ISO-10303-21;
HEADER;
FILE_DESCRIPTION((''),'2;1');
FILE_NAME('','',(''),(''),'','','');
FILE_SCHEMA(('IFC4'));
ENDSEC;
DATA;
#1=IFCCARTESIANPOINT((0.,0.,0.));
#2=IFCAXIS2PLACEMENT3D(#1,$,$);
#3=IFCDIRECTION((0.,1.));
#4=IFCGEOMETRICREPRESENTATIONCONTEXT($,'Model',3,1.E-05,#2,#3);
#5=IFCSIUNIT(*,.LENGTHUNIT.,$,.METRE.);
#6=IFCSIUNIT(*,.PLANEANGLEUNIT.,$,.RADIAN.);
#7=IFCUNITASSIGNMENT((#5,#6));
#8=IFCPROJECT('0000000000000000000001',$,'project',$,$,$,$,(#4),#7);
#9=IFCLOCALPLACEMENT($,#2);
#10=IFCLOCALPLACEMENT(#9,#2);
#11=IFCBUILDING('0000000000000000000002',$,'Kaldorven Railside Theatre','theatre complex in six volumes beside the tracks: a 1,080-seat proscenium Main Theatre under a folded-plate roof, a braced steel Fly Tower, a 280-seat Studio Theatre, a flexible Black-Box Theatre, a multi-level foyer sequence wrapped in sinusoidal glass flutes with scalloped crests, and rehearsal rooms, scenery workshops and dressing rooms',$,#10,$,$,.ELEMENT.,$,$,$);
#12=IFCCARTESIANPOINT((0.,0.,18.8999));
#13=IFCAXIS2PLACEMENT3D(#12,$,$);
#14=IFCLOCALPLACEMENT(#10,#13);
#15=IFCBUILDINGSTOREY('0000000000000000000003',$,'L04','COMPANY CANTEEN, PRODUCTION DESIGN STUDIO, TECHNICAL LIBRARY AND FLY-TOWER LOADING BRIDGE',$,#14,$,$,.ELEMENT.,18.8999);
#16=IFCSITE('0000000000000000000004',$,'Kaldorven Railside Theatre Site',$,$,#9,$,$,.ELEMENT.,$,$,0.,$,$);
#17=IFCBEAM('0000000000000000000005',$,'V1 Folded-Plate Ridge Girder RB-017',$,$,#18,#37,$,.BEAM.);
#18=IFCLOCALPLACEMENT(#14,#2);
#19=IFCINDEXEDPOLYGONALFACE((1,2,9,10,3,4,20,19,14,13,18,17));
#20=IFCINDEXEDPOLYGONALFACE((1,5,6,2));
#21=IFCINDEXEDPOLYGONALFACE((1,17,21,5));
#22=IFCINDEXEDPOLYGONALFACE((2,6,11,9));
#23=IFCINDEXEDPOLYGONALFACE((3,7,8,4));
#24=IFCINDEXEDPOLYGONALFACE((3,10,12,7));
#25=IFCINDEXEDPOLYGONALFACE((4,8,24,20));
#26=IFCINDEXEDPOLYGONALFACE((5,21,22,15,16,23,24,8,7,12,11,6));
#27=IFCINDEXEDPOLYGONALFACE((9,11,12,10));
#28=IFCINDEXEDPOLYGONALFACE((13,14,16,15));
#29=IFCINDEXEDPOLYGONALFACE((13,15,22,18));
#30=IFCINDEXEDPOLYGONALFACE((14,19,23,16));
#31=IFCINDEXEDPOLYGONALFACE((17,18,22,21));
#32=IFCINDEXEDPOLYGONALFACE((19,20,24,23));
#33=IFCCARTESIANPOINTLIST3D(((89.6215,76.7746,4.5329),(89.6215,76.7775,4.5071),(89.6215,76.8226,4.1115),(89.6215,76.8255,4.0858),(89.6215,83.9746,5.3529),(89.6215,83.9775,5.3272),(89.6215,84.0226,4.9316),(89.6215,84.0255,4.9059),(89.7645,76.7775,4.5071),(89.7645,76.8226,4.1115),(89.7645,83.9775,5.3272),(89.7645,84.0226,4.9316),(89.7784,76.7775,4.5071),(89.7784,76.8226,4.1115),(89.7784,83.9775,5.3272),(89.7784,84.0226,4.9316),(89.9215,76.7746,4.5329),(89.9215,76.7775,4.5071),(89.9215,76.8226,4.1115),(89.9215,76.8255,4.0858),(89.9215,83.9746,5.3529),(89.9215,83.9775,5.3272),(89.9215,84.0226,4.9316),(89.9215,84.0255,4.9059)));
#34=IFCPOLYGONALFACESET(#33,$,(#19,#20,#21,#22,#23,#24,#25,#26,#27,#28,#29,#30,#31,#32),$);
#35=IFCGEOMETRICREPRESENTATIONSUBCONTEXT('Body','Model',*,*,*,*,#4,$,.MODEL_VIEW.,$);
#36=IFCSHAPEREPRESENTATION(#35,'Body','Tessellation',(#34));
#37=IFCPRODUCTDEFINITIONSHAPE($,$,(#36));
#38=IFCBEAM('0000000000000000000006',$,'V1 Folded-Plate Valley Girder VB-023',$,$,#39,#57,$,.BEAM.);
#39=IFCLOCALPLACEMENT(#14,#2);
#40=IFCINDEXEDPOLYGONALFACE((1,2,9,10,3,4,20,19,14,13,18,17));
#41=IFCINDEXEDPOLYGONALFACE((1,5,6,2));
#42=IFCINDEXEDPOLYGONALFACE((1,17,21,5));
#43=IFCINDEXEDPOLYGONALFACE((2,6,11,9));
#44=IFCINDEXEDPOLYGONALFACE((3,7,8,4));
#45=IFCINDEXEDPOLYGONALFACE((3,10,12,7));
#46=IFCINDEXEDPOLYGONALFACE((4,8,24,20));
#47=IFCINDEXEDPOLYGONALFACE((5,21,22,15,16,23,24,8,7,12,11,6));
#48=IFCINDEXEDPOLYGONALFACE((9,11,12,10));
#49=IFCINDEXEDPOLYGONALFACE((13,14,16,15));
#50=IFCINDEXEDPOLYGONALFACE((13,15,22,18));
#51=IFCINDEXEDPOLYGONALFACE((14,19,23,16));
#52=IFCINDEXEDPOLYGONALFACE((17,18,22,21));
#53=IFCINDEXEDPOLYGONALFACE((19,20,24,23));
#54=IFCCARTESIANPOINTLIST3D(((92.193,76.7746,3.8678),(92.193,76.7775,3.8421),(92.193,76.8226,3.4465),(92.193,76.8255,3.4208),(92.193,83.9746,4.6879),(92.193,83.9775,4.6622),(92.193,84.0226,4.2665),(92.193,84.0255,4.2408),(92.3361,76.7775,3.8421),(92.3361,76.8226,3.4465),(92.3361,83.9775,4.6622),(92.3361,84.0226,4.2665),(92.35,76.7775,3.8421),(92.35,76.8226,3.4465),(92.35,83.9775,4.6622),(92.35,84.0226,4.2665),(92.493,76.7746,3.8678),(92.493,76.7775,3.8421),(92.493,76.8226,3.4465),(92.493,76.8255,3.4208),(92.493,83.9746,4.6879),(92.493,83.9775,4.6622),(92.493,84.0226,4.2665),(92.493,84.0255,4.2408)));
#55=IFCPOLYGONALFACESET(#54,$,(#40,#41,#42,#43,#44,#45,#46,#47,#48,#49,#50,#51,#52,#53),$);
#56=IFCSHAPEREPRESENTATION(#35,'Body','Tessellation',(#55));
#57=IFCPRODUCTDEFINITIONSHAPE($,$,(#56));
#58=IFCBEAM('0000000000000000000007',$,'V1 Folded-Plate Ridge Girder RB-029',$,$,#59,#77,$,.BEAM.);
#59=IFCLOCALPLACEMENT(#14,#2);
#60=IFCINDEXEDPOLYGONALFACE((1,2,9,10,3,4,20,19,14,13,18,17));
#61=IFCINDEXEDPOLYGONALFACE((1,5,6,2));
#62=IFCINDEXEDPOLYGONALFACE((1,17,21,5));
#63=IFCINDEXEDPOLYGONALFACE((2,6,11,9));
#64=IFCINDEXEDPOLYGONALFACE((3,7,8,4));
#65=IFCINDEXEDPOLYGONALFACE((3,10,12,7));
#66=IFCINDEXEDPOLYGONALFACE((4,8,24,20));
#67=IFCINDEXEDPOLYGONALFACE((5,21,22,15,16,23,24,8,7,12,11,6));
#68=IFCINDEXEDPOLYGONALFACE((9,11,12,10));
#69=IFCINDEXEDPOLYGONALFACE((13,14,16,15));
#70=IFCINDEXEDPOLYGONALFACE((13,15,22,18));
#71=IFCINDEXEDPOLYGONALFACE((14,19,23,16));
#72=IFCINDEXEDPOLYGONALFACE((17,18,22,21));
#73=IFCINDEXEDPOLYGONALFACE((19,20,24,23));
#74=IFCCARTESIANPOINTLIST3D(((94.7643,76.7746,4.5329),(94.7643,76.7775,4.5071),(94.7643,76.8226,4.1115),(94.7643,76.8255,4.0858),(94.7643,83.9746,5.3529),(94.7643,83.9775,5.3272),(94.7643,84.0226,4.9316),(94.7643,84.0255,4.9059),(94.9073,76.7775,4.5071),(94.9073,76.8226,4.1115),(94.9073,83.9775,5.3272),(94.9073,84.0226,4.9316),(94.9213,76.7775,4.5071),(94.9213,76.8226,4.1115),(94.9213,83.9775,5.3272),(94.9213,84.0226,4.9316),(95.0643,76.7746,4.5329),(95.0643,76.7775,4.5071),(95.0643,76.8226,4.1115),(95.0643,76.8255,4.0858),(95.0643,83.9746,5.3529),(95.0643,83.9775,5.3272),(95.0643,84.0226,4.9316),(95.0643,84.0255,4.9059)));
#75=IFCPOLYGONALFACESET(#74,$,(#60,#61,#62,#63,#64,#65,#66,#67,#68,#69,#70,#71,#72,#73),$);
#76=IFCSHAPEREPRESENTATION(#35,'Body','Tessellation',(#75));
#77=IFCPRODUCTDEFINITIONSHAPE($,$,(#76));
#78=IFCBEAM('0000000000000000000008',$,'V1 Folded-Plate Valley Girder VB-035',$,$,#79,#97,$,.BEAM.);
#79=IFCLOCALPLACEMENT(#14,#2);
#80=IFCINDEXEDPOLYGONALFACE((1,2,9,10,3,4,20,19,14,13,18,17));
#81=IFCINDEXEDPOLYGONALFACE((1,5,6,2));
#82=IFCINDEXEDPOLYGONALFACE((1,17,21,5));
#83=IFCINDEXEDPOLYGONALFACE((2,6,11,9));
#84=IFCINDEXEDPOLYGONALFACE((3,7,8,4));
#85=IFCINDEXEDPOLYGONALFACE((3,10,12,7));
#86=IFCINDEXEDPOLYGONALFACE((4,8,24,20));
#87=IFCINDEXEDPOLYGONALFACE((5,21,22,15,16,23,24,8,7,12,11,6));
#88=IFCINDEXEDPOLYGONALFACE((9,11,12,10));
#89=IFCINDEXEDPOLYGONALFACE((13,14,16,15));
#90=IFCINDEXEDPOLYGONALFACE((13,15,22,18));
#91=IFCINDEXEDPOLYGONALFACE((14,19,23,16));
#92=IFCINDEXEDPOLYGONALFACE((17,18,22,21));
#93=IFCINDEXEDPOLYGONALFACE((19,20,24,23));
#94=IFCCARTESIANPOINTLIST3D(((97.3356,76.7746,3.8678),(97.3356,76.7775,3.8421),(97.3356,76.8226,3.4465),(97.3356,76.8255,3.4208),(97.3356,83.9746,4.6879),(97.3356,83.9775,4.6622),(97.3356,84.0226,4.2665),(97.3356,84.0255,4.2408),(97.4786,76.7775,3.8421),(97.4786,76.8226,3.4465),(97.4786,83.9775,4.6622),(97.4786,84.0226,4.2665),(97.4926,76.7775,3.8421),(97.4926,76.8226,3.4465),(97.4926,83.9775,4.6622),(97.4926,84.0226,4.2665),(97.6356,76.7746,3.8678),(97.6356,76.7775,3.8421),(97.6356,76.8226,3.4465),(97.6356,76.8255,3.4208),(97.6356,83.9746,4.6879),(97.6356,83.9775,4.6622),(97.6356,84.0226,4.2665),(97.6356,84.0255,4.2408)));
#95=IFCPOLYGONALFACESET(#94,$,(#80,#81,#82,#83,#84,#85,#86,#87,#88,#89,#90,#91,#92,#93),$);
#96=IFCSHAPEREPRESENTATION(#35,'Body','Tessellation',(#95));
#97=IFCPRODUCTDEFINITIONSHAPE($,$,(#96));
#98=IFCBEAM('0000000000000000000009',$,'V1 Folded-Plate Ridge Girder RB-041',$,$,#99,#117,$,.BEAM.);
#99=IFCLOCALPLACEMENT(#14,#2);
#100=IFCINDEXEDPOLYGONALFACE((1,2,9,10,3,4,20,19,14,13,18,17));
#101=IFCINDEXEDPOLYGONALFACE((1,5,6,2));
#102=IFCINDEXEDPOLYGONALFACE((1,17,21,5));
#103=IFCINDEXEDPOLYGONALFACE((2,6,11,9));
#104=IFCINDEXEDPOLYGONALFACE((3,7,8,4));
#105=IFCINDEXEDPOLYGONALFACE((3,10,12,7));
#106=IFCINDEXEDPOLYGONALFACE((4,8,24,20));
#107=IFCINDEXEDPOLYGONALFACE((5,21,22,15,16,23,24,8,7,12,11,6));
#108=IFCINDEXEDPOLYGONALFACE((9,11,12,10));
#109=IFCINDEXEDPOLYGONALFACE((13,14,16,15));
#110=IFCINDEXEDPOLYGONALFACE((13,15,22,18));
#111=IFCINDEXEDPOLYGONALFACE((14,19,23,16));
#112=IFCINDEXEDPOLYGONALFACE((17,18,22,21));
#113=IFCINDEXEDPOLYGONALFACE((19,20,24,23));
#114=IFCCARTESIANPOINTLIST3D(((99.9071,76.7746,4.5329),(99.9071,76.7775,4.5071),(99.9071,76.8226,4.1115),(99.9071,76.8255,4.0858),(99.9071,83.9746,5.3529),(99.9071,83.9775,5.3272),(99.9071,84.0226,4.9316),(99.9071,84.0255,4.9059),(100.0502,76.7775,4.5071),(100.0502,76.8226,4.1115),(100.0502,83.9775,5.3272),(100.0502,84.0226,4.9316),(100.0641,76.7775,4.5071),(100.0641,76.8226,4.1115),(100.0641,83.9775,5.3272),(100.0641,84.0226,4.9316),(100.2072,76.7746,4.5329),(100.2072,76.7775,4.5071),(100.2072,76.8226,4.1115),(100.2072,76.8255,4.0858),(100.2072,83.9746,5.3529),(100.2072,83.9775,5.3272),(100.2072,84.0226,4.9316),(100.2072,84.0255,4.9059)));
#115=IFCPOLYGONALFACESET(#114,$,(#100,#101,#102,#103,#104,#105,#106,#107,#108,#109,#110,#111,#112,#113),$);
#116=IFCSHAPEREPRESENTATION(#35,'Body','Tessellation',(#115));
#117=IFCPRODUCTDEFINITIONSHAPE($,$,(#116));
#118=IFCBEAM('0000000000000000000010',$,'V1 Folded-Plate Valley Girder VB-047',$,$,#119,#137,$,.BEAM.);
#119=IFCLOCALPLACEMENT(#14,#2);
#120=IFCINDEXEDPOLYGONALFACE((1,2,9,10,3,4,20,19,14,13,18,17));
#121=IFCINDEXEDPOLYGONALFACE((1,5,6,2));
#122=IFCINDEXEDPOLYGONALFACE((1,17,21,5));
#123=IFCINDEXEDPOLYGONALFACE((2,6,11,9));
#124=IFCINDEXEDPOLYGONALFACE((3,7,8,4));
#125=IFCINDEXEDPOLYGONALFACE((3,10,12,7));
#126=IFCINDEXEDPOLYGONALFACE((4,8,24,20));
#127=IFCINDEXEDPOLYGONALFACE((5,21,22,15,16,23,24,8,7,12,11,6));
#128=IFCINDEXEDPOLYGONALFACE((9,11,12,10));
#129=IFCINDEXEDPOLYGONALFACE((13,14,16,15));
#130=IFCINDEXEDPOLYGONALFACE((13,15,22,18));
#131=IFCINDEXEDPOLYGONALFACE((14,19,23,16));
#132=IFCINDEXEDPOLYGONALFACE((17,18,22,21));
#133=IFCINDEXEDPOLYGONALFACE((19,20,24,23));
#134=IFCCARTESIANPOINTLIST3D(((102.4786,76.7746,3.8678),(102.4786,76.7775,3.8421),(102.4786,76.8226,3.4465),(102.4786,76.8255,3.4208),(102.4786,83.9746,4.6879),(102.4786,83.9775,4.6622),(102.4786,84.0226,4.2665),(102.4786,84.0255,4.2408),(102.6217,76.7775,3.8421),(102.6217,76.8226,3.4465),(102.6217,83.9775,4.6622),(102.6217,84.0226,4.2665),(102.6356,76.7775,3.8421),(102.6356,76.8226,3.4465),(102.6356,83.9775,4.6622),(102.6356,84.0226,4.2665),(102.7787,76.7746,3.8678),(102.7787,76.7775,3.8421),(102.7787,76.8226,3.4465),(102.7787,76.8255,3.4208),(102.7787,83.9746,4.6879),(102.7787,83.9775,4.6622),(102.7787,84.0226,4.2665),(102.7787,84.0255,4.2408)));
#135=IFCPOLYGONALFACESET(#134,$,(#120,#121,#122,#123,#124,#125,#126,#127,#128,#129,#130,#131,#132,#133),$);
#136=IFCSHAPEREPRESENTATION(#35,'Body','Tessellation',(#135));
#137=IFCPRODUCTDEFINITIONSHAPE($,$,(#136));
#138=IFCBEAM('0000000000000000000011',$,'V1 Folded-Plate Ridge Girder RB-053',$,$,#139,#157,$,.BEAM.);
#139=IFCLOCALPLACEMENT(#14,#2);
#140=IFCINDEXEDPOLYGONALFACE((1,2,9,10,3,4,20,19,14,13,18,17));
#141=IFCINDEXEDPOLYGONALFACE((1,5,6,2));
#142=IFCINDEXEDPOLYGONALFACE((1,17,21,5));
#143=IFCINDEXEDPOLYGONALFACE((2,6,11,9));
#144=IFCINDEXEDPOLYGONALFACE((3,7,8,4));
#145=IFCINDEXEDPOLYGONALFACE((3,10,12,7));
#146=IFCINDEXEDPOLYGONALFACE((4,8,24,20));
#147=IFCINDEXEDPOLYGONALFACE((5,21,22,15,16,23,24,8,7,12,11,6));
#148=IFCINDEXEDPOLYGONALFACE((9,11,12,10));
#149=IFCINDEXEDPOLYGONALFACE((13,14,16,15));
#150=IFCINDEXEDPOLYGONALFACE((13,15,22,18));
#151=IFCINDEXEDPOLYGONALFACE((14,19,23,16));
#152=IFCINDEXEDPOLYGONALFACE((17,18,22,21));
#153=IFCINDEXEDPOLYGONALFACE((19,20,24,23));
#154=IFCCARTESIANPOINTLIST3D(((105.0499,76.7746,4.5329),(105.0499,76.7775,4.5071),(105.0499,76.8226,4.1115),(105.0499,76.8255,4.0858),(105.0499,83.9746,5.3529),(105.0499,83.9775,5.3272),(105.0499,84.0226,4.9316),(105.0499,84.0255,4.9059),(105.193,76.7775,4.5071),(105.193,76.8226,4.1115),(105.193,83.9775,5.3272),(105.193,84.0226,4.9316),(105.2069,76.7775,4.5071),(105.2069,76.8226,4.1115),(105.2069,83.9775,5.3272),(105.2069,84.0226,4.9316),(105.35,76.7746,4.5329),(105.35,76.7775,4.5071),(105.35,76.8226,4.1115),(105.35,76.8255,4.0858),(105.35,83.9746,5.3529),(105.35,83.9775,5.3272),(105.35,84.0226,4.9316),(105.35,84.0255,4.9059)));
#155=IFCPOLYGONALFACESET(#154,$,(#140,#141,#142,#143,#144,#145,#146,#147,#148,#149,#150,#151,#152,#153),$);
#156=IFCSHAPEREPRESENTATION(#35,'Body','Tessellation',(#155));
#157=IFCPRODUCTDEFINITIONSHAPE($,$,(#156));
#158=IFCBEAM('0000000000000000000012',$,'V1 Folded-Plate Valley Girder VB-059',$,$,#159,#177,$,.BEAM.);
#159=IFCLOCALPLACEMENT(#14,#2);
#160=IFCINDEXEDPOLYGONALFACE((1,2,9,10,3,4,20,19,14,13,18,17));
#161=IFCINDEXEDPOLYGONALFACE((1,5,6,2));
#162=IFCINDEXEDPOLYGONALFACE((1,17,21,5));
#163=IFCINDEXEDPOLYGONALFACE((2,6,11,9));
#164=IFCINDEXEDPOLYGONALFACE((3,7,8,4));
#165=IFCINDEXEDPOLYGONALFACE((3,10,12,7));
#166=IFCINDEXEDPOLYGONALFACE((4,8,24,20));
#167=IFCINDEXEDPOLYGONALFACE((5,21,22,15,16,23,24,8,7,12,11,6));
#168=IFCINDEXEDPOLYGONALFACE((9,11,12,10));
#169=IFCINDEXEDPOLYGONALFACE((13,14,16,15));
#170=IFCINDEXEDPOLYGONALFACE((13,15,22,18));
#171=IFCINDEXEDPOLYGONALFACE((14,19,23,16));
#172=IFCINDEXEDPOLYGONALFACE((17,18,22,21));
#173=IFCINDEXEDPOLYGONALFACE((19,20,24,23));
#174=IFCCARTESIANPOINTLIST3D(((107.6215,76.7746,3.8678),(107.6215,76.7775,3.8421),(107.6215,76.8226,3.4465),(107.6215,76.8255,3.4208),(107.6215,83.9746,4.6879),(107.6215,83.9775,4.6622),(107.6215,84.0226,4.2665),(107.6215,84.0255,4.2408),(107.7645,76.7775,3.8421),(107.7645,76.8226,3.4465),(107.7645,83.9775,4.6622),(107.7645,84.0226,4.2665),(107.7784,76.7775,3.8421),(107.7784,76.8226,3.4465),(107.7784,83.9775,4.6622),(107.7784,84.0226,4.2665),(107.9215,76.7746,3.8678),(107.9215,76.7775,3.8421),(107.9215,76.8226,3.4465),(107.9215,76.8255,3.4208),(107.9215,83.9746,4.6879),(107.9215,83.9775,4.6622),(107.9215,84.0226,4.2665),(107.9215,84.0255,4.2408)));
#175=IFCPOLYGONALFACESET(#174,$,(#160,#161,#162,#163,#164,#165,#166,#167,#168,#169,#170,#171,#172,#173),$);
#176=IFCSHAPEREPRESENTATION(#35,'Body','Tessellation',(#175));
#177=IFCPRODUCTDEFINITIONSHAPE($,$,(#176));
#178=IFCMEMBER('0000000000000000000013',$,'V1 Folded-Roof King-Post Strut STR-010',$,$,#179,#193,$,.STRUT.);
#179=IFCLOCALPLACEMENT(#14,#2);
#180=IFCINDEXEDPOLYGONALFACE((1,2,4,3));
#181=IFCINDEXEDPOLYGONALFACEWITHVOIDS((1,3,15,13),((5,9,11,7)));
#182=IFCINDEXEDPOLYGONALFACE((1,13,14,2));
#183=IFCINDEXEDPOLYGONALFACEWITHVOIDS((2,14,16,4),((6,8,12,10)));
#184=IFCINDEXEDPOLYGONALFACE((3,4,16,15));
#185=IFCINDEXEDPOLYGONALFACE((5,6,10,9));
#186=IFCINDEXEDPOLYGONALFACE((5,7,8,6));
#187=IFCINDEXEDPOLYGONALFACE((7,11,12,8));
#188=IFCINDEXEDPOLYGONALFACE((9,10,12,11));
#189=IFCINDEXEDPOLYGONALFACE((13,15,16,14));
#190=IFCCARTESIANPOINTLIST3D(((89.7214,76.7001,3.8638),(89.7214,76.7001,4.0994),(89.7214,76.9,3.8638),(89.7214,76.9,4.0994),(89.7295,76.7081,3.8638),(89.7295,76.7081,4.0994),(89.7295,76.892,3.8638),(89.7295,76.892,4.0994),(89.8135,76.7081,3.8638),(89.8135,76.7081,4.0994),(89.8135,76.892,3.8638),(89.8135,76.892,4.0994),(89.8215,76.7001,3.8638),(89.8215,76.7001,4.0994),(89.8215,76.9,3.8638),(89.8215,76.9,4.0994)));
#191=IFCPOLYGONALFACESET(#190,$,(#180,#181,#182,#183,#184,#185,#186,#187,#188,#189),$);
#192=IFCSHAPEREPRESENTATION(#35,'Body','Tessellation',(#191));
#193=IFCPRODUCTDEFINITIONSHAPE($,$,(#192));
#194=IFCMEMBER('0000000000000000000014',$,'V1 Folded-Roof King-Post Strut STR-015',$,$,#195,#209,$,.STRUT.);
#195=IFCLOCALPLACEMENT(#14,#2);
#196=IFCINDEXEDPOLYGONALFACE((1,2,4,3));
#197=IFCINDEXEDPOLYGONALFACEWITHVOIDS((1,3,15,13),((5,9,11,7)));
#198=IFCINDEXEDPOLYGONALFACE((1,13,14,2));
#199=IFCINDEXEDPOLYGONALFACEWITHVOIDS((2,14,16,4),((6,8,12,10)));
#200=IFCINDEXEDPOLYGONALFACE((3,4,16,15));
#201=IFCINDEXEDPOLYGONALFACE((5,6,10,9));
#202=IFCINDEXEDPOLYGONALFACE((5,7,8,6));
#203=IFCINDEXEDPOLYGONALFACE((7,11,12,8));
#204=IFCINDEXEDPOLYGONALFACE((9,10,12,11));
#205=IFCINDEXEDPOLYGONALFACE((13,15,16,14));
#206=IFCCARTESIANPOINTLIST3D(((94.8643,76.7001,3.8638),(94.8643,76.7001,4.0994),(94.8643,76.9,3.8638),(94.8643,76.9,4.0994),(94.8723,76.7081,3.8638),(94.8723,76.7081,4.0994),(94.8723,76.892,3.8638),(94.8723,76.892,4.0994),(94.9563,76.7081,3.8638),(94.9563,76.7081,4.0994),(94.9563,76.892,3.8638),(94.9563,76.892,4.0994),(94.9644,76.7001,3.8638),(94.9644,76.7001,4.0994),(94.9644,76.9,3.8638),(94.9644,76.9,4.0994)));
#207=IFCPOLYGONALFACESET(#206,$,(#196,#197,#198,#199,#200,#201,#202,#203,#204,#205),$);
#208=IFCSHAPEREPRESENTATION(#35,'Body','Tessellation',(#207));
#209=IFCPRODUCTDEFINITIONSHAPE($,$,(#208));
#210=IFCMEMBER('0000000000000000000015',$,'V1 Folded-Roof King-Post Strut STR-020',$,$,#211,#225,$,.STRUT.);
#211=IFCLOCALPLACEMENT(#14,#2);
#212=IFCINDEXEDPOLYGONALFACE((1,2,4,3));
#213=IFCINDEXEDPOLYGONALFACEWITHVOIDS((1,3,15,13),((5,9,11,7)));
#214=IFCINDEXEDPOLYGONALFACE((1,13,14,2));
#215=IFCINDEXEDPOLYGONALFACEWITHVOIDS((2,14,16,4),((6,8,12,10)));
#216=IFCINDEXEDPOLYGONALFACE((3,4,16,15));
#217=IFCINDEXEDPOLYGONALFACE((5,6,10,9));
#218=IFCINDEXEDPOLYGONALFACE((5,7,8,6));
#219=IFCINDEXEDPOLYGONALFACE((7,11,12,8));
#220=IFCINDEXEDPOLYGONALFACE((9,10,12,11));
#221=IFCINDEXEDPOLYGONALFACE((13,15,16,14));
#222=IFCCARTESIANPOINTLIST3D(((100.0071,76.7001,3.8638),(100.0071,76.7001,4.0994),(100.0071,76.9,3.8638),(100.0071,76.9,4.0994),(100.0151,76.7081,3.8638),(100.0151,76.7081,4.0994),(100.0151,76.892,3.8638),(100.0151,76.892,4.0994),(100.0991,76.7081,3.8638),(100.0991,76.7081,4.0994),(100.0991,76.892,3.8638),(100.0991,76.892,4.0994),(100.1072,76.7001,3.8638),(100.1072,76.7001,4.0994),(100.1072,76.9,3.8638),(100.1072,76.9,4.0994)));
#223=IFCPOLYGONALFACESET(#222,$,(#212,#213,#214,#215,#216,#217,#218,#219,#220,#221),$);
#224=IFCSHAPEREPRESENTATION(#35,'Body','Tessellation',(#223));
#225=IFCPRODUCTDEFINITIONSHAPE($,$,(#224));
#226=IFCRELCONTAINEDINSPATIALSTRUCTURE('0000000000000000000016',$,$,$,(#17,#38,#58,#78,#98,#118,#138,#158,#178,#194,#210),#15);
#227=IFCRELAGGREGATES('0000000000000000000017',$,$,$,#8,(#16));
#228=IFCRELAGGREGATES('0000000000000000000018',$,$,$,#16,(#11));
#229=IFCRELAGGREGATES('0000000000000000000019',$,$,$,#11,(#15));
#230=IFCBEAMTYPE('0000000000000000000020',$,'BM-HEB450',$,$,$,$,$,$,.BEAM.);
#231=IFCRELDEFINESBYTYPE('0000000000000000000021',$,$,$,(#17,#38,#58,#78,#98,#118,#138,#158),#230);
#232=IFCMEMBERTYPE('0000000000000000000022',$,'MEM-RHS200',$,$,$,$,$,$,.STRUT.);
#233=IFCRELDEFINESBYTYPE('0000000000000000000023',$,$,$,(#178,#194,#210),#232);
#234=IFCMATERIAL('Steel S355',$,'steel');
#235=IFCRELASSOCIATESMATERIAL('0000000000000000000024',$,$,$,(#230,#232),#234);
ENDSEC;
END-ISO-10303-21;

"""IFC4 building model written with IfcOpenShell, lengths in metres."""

from ifc_helpers import new_model, si_unit, direction, frame, origin, origin_2d, place, context, subcontext, project, spatial, hollow_rectangle, i_section, extrude, material, material_profile, profile_set, type_object, element, save


model = new_model("IFC4")

# Units and contexts
model_context = context("Model", 3, precision=1e-05, world=origin(), true_north=direction((0.0, 1.0)))
body_context = subcontext(model_context, "Body", "Model", "MODEL_VIEW")
ifc_project = project(units=[si_unit("LENGTHUNIT", "METRE"), si_unit("PLANEANGLEUNIT", "RADIAN")], contexts=[model_context])

# Site, building, storey
site_placement = place(None, origin())
site = spatial("IfcSite", under=ifc_project, at=site_placement, Name="Kaldorven Railside Theatre Site", CompositionType="ELEMENT", RefElevation=0.0)
building_placement = place(site_placement, origin())
building = spatial("IfcBuilding", under=site, at=building_placement, Name="Kaldorven Railside Theatre", Description="theatre complex in six volumes beside the tracks: a 1,080-seat proscenium Main Theatre under a folded-plate roof, a braced steel Fly Tower, a 280-seat Studio Theatre, a flexible Black-Box Theatre, a multi-level foyer sequence wrapped in sinusoidal glass flutes with scalloped crests, and rehearsal rooms, scenery workshops and dressing rooms", CompositionType="ELEMENT")
storey_placement = place(building_placement, frame((0.0, 0.0, 18.8999)))
storey = spatial("IfcBuildingStorey", under=building, at=storey_placement, Name="L04", Description="COMPANY CANTEEN, PRODUCTION DESIGN STUDIO, TECHNICAL LIBRARY AND FLY-TOWER LOADING BRIDGE", CompositionType="ELEMENT", Elevation=18.8999)

# Beams
ifc_material = material(Name="Steel S355", Category="steel")
ifc_material_profile_1 = material_profile(ifc_material, i_section(OverallWidth=0.3, OverallDepth=0.45, WebThickness=0.0139, FlangeThickness=0.0259, at=origin_2d()), Name="HEB 450")
ifc_profile_set_1 = profile_set([ifc_material_profile_1], Name="Steel S355")
beam_type = type_object("IfcBeamType", Name="BM-HEB450", PredefinedType="BEAM", material=ifc_profile_set_1)
for number, where, z_axis, x_axis, name in (
    (1, (89.7715, 76.8, 4.3093), (0.0, 0.993576, 0.113167), (-1.0, 0.0, 0.0), "V1 Folded-Plate Ridge Girder RB-017"),
    (2, (92.343, 76.8, 3.6443), (0.0, 0.993576, 0.113167), (-1.0, 0.0, 0.0), "V1 Folded-Plate Valley Girder VB-023"),
    (3, (94.9143, 76.8, 4.3093), (0.0, 0.993576, 0.113167), (-1.0, 0.0, 0.0), "V1 Folded-Plate Ridge Girder RB-029"),
    (4, (97.4856, 76.8, 3.6443), (0.0, 0.993576, 0.113167), (-1.0, 0.0, 0.0), "V1 Folded-Plate Valley Girder VB-035"),
    (5, (100.0571, 76.8, 4.3093), (0.0, 0.993576, 0.113167), (-1.0, 0.0, 0.0), "V1 Folded-Plate Ridge Girder RB-041"),
    (6, (102.6287, 76.8, 3.6443), (0.0, 0.993576, 0.113167), (-1.0, 0.0, 0.0), "V1 Folded-Plate Valley Girder VB-047"),
    (7, (105.2, 76.8, 4.3093), (0.0, 0.993576, 0.113167), (-1.0, 0.0, 0.0), "V1 Folded-Plate Ridge Girder RB-053"),
    (8, (107.7715, 76.8, 3.6443), (0.0, 0.993576, 0.113167), (-1.0, 0.0, 0.0), "V1 Folded-Plate Valley Girder VB-059"),
):
    element("IfcBeam", number, at=place(storey_placement, frame(where, z_axis=z_axis, x_axis=x_axis)), inside=storey, type_object=beam_type, Name=name, PredefinedType="BEAM", context=body_context, shape_type="SweptSolid", body=[
        extrude(i_section(OverallWidth=0.3, OverallDepth=0.45, WebThickness=0.0139, FlangeThickness=0.0259, at=origin_2d()), origin(), (0.0, 0.0, 1.0), 7.2466),
    ])

# Members
ifc_material_profile_2 = material_profile(ifc_material, hollow_rectangle(XDim=0.1001, YDim=0.2, WallThickness=0.0081, at=origin_2d()), Name="RHS 200x100x8")
ifc_profile_set_2 = profile_set([ifc_material_profile_2], Name="Steel S355")
member_type_1 = type_object("IfcMemberType", Name="MEM-RHS200", PredefinedType="STRUT", material=ifc_profile_set_2)
for number, where, z_axis, x_axis, name in (
    (9, (89.7715, 76.8, 3.8638), (0.0, 0.0, 1.0), (1.0, 0.0, 0.0), "V1 Folded-Roof King-Post Strut STR-010"),
    (10, (94.9143, 76.8, 3.8638), (0.0, 0.0, 1.0), (1.0, 0.0, 0.0), "V1 Folded-Roof King-Post Strut STR-015"),
    (11, (100.0571, 76.8, 3.8638), (0.0, 0.0, 1.0), (1.0, 0.0, 0.0), "V1 Folded-Roof King-Post Strut STR-020"),
):
    element("IfcMember", number, at=place(storey_placement, frame(where, z_axis=z_axis, x_axis=x_axis)), inside=storey, type_object=member_type_1, Name=name, PredefinedType="STRUT", context=body_context, shape_type="SweptSolid", body=[
        extrude(hollow_rectangle(XDim=0.1001, YDim=0.2, WallThickness=0.0081, at=origin_2d()), origin(), (0.0, 0.0, 1.0), 0.2356),
    ])

save(model, "model.ifc")
